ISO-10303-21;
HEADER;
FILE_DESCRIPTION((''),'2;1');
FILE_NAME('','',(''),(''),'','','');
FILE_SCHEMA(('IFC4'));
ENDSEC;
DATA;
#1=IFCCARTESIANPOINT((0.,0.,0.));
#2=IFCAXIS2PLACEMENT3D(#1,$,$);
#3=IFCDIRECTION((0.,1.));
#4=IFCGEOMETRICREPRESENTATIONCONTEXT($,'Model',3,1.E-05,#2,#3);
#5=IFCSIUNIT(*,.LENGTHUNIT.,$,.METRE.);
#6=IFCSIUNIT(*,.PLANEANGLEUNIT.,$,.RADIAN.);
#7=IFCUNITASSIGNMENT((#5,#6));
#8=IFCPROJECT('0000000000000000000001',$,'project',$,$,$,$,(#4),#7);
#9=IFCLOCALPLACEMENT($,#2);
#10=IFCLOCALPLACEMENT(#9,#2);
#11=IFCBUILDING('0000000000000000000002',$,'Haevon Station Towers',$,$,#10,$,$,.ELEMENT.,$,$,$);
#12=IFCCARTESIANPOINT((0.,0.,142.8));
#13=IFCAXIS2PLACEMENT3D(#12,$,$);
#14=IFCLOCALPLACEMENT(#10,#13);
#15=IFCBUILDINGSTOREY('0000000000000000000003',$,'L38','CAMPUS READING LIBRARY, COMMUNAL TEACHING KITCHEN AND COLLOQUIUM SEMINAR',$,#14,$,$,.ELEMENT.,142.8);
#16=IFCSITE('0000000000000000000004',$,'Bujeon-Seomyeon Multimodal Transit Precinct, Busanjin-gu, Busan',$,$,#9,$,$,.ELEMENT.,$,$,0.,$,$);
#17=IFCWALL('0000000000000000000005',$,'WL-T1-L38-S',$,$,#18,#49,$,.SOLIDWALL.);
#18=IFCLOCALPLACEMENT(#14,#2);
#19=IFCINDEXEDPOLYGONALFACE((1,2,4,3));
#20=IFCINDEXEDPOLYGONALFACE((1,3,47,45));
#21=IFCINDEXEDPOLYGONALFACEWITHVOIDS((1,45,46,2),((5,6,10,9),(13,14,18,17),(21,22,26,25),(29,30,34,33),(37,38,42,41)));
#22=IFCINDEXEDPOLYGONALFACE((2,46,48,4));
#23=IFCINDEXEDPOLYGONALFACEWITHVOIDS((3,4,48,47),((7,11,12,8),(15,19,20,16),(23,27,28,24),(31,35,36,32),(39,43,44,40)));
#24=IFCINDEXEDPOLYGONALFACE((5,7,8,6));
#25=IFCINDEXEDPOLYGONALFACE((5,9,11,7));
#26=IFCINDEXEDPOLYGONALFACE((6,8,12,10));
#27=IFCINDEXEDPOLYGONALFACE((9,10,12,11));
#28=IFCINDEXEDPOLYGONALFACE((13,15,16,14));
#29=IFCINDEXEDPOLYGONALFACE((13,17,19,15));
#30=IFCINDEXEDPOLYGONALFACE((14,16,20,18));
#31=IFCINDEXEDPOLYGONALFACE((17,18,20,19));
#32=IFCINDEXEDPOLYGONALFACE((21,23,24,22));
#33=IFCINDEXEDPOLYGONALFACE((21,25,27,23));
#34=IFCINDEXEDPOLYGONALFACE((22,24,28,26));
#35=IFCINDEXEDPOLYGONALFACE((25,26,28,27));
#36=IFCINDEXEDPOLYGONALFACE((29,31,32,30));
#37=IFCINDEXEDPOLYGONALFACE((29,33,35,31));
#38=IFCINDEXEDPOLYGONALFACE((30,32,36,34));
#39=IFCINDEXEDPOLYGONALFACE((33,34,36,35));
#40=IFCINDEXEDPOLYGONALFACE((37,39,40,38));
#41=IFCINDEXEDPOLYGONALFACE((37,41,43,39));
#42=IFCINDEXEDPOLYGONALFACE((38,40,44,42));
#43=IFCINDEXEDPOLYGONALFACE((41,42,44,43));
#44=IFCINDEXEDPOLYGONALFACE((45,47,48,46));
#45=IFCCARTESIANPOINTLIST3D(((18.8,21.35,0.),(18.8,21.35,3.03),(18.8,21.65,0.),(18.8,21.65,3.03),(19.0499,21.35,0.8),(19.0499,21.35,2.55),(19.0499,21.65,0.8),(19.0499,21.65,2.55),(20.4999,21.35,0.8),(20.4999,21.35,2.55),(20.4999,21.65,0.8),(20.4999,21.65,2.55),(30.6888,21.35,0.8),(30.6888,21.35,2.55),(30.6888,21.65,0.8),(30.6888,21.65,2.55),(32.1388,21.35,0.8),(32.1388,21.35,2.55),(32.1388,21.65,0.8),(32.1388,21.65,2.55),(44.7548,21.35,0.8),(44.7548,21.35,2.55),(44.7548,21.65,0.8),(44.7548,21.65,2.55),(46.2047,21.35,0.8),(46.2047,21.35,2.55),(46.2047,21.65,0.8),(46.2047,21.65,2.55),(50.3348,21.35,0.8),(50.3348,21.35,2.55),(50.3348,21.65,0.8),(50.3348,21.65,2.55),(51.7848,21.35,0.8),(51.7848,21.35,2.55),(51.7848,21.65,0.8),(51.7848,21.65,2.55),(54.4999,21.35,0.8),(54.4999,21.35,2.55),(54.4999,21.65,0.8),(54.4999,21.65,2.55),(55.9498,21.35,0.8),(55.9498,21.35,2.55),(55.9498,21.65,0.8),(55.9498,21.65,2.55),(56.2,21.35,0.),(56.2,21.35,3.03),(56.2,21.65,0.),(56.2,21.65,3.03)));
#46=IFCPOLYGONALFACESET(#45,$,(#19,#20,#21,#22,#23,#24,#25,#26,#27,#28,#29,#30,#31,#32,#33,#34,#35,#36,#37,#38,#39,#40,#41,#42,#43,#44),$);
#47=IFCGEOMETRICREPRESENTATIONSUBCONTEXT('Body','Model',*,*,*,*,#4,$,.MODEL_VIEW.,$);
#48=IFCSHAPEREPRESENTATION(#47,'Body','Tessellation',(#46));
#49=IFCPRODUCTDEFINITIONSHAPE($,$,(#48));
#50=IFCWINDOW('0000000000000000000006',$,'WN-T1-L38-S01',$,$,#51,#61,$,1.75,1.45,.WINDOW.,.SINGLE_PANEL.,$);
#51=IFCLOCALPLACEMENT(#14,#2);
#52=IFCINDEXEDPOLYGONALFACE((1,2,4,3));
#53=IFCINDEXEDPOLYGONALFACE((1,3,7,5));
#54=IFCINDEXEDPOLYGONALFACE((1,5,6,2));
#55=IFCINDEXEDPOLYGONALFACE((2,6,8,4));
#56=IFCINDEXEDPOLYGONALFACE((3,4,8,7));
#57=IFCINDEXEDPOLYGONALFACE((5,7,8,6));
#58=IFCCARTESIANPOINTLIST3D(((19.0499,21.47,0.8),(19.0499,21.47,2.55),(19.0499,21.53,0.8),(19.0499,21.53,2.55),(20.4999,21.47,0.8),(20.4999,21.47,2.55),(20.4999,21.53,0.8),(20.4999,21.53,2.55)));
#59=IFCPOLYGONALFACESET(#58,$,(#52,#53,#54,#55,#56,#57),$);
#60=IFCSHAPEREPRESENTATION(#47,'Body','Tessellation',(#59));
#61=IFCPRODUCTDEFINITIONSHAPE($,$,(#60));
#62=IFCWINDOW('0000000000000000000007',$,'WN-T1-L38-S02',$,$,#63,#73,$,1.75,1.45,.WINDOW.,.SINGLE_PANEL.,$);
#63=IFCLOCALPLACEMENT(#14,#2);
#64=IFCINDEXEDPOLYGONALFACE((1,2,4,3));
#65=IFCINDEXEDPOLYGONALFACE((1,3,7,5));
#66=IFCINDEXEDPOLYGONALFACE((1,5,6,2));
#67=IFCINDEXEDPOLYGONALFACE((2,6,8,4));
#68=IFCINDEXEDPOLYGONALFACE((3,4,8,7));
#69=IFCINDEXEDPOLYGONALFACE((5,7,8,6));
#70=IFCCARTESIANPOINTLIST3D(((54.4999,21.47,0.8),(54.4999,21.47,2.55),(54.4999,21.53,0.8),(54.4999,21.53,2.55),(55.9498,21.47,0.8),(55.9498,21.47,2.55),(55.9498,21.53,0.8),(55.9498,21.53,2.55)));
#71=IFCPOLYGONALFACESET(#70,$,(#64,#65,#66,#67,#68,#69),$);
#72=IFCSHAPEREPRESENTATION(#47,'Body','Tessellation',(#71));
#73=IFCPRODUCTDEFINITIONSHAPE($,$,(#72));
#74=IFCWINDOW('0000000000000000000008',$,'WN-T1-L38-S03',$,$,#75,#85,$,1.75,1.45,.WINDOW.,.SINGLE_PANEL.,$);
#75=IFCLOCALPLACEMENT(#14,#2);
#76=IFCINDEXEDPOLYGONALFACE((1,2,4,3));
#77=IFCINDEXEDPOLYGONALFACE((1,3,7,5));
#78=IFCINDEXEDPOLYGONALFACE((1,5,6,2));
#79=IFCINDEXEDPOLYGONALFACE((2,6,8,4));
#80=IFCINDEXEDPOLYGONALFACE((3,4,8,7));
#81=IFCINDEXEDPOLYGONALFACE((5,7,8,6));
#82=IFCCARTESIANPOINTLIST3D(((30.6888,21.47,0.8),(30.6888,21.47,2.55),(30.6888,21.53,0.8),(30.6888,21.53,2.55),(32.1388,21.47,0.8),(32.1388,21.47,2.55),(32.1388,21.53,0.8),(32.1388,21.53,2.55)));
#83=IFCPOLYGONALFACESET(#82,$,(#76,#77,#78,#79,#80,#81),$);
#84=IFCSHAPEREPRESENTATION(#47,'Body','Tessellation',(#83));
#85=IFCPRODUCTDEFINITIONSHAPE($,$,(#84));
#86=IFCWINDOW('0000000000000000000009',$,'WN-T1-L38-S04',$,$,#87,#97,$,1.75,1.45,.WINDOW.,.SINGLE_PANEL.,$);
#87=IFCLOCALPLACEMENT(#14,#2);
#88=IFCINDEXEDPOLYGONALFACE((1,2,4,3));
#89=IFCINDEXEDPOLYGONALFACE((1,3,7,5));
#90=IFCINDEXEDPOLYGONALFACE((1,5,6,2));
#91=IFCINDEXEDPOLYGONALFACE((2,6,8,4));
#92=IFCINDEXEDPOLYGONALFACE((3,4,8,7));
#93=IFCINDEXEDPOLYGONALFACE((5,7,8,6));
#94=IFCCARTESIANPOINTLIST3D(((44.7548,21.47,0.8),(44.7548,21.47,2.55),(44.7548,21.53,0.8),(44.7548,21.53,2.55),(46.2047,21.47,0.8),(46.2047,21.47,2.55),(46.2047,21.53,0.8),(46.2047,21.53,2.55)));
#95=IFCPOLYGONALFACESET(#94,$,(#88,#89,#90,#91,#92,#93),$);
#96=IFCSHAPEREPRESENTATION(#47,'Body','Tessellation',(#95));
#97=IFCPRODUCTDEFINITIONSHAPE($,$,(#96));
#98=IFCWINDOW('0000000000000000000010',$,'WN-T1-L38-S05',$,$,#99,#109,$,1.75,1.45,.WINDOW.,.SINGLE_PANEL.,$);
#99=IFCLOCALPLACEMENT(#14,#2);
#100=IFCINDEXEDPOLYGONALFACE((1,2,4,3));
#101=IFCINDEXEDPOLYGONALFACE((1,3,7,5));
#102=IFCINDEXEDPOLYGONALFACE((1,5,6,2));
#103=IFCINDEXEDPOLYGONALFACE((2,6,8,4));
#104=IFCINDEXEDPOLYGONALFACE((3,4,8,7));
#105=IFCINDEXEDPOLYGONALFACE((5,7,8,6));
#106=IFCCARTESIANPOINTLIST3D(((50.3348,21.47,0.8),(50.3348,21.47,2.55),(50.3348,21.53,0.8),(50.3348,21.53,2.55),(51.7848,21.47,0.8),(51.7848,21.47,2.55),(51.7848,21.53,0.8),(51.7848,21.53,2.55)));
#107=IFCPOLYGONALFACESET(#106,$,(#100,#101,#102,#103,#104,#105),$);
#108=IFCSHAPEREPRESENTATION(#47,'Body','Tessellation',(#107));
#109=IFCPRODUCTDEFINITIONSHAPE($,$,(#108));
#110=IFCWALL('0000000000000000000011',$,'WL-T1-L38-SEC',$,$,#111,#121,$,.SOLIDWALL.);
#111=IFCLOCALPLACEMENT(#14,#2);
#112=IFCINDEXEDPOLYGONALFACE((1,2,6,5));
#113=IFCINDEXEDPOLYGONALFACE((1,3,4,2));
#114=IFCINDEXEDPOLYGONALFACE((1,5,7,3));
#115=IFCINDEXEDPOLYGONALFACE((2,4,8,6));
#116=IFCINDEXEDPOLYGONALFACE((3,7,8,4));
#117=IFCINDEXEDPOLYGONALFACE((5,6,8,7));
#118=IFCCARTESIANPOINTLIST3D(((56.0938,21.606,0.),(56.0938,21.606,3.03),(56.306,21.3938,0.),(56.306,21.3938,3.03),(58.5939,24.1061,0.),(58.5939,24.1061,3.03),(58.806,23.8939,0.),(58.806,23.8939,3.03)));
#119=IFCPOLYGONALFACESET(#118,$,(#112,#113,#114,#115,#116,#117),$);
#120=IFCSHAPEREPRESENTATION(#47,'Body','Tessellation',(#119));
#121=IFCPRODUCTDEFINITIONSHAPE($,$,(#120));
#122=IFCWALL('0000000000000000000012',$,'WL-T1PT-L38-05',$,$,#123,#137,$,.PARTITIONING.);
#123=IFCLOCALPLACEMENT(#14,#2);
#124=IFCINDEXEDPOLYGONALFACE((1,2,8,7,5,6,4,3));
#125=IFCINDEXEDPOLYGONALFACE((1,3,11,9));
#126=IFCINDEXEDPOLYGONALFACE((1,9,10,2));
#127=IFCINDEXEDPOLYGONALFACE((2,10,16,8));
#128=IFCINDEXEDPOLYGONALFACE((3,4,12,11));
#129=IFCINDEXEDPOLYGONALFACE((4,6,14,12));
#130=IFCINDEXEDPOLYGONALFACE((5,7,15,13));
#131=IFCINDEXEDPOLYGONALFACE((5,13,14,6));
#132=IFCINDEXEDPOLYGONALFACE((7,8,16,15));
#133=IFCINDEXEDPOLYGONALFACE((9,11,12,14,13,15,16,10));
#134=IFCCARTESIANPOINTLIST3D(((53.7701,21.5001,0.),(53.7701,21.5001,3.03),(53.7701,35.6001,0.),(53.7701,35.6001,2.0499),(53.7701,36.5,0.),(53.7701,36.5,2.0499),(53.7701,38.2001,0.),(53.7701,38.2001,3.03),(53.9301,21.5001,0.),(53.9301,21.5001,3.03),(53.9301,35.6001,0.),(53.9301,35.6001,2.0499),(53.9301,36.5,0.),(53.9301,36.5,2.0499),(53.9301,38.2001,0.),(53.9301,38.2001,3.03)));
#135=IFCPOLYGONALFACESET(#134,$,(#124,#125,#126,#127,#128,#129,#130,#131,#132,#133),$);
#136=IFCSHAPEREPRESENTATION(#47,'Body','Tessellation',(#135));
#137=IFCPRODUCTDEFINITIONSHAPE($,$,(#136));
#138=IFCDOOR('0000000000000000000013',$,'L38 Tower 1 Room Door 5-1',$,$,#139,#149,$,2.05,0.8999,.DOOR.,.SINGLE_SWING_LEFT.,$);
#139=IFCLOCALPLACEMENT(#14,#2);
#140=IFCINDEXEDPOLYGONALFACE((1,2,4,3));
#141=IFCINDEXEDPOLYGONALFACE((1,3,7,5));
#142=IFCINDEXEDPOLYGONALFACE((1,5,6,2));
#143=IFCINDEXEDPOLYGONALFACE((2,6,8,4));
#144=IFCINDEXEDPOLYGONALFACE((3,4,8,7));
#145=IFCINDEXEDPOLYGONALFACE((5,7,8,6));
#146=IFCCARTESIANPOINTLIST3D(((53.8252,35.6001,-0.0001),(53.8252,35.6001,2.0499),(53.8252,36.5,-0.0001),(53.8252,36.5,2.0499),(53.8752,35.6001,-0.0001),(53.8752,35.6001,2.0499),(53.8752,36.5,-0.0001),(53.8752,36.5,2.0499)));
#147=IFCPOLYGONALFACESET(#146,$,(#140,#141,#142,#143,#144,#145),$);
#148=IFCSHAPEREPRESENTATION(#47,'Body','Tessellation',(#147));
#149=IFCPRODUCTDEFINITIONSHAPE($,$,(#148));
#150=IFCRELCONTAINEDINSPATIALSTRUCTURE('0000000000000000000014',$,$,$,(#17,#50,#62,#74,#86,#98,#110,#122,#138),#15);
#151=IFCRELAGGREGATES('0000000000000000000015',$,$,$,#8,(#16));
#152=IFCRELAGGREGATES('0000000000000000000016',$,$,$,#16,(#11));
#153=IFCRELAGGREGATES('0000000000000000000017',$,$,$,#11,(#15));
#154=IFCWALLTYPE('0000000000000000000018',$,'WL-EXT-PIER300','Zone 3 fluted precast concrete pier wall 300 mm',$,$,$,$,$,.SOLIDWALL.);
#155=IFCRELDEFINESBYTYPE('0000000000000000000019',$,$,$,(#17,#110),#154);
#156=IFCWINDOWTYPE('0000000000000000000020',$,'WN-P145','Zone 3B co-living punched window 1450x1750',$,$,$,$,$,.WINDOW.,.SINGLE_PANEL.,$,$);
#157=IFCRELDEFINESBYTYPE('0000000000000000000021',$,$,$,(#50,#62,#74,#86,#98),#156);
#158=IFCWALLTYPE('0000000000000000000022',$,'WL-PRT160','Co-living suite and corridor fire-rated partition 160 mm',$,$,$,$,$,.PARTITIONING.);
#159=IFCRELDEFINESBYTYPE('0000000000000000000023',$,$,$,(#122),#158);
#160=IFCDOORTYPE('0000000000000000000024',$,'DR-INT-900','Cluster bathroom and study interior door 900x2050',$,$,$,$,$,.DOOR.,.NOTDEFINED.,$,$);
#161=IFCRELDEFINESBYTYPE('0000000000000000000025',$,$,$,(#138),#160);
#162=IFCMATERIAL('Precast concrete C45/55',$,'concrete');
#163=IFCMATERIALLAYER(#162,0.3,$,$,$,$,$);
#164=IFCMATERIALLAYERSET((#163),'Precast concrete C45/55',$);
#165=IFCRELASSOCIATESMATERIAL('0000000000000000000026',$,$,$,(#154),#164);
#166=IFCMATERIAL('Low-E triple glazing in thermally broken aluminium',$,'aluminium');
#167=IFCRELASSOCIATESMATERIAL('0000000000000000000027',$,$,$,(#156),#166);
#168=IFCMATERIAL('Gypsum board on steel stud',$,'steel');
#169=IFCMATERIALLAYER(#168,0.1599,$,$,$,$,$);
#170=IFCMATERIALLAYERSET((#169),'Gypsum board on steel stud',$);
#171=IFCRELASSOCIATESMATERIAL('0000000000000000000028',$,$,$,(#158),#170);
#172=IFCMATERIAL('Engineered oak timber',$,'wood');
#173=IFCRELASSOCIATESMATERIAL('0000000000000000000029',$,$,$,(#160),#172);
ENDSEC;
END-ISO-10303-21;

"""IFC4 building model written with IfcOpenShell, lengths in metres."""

from ifc_helpers import new_model, si_unit, direction, frame, frame_2d, origin, place, context, subcontext, project, spatial, rectangle, extrude, material, layer, layer_set, type_object, element, fill, save


model = new_model("IFC4")

# Units and contexts
model_context = context("Model", 3, precision=1e-05, world=origin(), true_north=direction((0.0, 1.0)))
body_context = subcontext(model_context, "Body", "Model", "MODEL_VIEW")
ifc_project = project(units=[si_unit("LENGTHUNIT", "METRE"), si_unit("PLANEANGLEUNIT", "RADIAN")], contexts=[model_context])

# Site, building, storey
site_placement = place(None, origin())
site = spatial("IfcSite", under=ifc_project, at=site_placement, Name="Bujeon-Seomyeon Multimodal Transit Precinct, Busanjin-gu, Busan", CompositionType="ELEMENT", RefElevation=0.0)
building_placement = place(site_placement, origin())
building = spatial("IfcBuilding", under=site, at=building_placement, Name="Haevon Station Towers", CompositionType="ELEMENT")
storey_placement = place(building_placement, frame((0.0, 0.0, 142.8)))
storey = spatial("IfcBuildingStorey", under=building, at=storey_placement, Name="L38", Description="CAMPUS READING LIBRARY, COMMUNAL TEACHING KITCHEN AND COLLOQUIUM SEMINAR", CompositionType="ELEMENT", Elevation=142.8)

# Wall, openings, windows
ifc_material_1 = material(Name="Precast concrete C45/55", Category="concrete")
ifc_layer_1 = layer(ifc_material_1, 0.3)
ifc_layer_set_1 = layer_set([ifc_layer_1], Name="Precast concrete C45/55")
wall_type_1 = type_object("IfcWallType", Name="WL-EXT-PIER300", Description="Zone 3 fluted precast concrete pier wall 300 mm", PredefinedType="SOLIDWALL", material=ifc_layer_set_1)
wall_1_placement = place(storey_placement, frame((56.2, 21.5, 0.0), z_axis=(0.0, 0.0, 1.0), x_axis=(-1.0, 0.0, 0.0)))
wall_1 = element("IfcWall", 1, at=wall_1_placement, inside=storey, type_object=wall_type_1, Name="WL-T1-L38-S", PredefinedType="SOLIDWALL", context=body_context, shape_type="SweptSolid", body=[
    extrude(rectangle(XDim=37.3999, YDim=0.3, at=frame_2d((18.7, 0.0))), origin(), (0.0, 0.0, 1.0), 3.03),
])
opening_1_placement = place(wall_1_placement, frame((35.7, 0.0, 0.8)))
opening_1 = element("IfcOpeningElement", 2, at=opening_1_placement, cuts=wall_1, PredefinedType="OPENING", context=body_context, shape_type="SweptSolid", body=[
    extrude(rectangle(XDim=1.45, YDim=1.75, at=frame_2d((0.7251, 0.875))), frame((0.0, 0.1599, 0.0), z_axis=(0.0, -1.0, 0.0), x_axis=(1.0, 0.0, 0.0)), (0.0, 0.0, 1.0), 0.3201),
])
opening_2_placement = place(wall_1_placement, frame((0.25, 0.0, 0.8)))
opening_2 = element("IfcOpeningElement", 3, at=opening_2_placement, cuts=wall_1, PredefinedType="OPENING", context=body_context, shape_type="SweptSolid", body=[
    extrude(rectangle(XDim=1.45, YDim=1.75, at=frame_2d((0.7251, 0.875))), frame((0.0, 0.1599, 0.0), z_axis=(0.0, -1.0, 0.0), x_axis=(1.0, 0.0, 0.0)), (0.0, 0.0, 1.0), 0.3201),
])
opening_3_placement = place(wall_1_placement, frame((24.061, 0.0, 0.8)))
opening_3 = element("IfcOpeningElement", 4, at=opening_3_placement, cuts=wall_1, PredefinedType="OPENING", context=body_context, shape_type="SweptSolid", body=[
    extrude(rectangle(XDim=1.45, YDim=1.75, at=frame_2d((0.7251, 0.875))), frame((0.0, 0.1599, 0.0), z_axis=(0.0, -1.0, 0.0), x_axis=(1.0, 0.0, 0.0)), (0.0, 0.0, 1.0), 0.3201),
])
opening_4_placement = place(wall_1_placement, frame((9.9951, 0.0, 0.8)))
opening_4 = element("IfcOpeningElement", 5, at=opening_4_placement, cuts=wall_1, PredefinedType="OPENING", context=body_context, shape_type="SweptSolid", body=[
    extrude(rectangle(XDim=1.45, YDim=1.75, at=frame_2d((0.7251, 0.875))), frame((0.0, 0.1599, 0.0), z_axis=(0.0, -1.0, 0.0), x_axis=(1.0, 0.0, 0.0)), (0.0, 0.0, 1.0), 0.3201),
])
opening_5_placement = place(wall_1_placement, frame((4.415, 0.0, 0.8)))
opening_5 = element("IfcOpeningElement", 6, at=opening_5_placement, cuts=wall_1, PredefinedType="OPENING", context=body_context, shape_type="SweptSolid", body=[
    extrude(rectangle(XDim=1.45, YDim=1.75, at=frame_2d((0.7251, 0.875))), frame((0.0, 0.1599, 0.0), z_axis=(0.0, -1.0, 0.0), x_axis=(1.0, 0.0, 0.0)), (0.0, 0.0, 1.0), 0.3201),
])
ifc_material_2 = material(Name="Low-E triple glazing in thermally broken aluminium", Category="aluminium")
window_type = type_object("IfcWindowType", Name="WN-P145", Description="Zone 3B co-living punched window 1450x1750", PartitioningType="SINGLE_PANEL", PredefinedType="WINDOW", material=ifc_material_2)
window_1_placement = place(opening_1_placement, origin())
window_1 = element("IfcWindow", 7, at=window_1_placement, inside=storey, type_object=window_type, Name="WN-T1-L38-S01", OverallHeight=1.75, OverallWidth=1.45, PartitioningType="SINGLE_PANEL", PredefinedType="WINDOW", context=body_context, shape_type="SweptSolid", body=[
    extrude(rectangle(XDim=1.45, YDim=1.75, at=frame_2d((0.7251, 0.875))), frame((0.0, 0.03, 0.0), z_axis=(0.0, -1.0, 0.0), x_axis=(1.0, 0.0, 0.0)), (0.0, 0.0, 1.0), 0.0601),
])
fill(opening_1, window_1)
window_2_placement = place(opening_2_placement, origin())
window_2 = element("IfcWindow", 8, at=window_2_placement, inside=storey, type_object=window_type, Name="WN-T1-L38-S02", OverallHeight=1.75, OverallWidth=1.45, PartitioningType="SINGLE_PANEL", PredefinedType="WINDOW", context=body_context, shape_type="SweptSolid", body=[
    extrude(rectangle(XDim=1.45, YDim=1.75, at=frame_2d((0.7251, 0.875))), frame((0.0, 0.03, 0.0), z_axis=(0.0, -1.0, 0.0), x_axis=(1.0, 0.0, 0.0)), (0.0, 0.0, 1.0), 0.0601),
])
fill(opening_2, window_2)
window_3_placement = place(opening_3_placement, origin())
window_3 = element("IfcWindow", 9, at=window_3_placement, inside=storey, type_object=window_type, Name="WN-T1-L38-S03", OverallHeight=1.75, OverallWidth=1.45, PartitioningType="SINGLE_PANEL", PredefinedType="WINDOW", context=body_context, shape_type="SweptSolid", body=[
    extrude(rectangle(XDim=1.45, YDim=1.75, at=frame_2d((0.7251, 0.875))), frame((0.0, 0.03, 0.0), z_axis=(0.0, -1.0, 0.0), x_axis=(1.0, 0.0, 0.0)), (0.0, 0.0, 1.0), 0.0601),
])
fill(opening_3, window_3)
window_4_placement = place(opening_4_placement, origin())
window_4 = element("IfcWindow", 10, at=window_4_placement, inside=storey, type_object=window_type, Name="WN-T1-L38-S04", OverallHeight=1.75, OverallWidth=1.45, PartitioningType="SINGLE_PANEL", PredefinedType="WINDOW", context=body_context, shape_type="SweptSolid", body=[
    extrude(rectangle(XDim=1.45, YDim=1.75, at=frame_2d((0.7251, 0.875))), frame((0.0, 0.03, 0.0), z_axis=(0.0, -1.0, 0.0), x_axis=(1.0, 0.0, 0.0)), (0.0, 0.0, 1.0), 0.0601),
])
fill(opening_4, window_4)
window_5_placement = place(opening_5_placement, origin())
window_5 = element("IfcWindow", 11, at=window_5_placement, inside=storey, type_object=window_type, Name="WN-T1-L38-S05", OverallHeight=1.75, OverallWidth=1.45, PartitioningType="SINGLE_PANEL", PredefinedType="WINDOW", context=body_context, shape_type="SweptSolid", body=[
    extrude(rectangle(XDim=1.45, YDim=1.75, at=frame_2d((0.7251, 0.875))), frame((0.0, 0.03, 0.0), z_axis=(0.0, -1.0, 0.0), x_axis=(1.0, 0.0, 0.0)), (0.0, 0.0, 1.0), 0.0601),
])
fill(opening_5, window_5)

# Wall
wall_2_placement = place(storey_placement, frame((58.7, 24.0, 0.0), z_axis=(0.0, 0.0, 1.0), x_axis=(-0.707107, -0.707107, 0.0)))
element("IfcWall", 12, at=wall_2_placement, inside=storey, type_object=wall_type_1, Name="WL-T1-L38-SEC", PredefinedType="SOLIDWALL", context=body_context, shape_type="SweptSolid", body=[
    extrude(rectangle(XDim=3.5356, YDim=0.3, at=frame_2d((1.7678, 0.0))), origin(), (0.0, 0.0, 1.0), 3.03),
])

# Wall, opening, door
ifc_material_3 = material(Name="Gypsum board on steel stud", Category="steel")
ifc_layer_2 = layer(ifc_material_3, 0.1599)
ifc_layer_set_2 = layer_set([ifc_layer_2], Name="Gypsum board on steel stud")
wall_type_2 = type_object("IfcWallType", Name="WL-PRT160", Description="Co-living suite and corridor fire-rated partition 160 mm", PredefinedType="PARTITIONING", material=ifc_layer_set_2)
wall_3_placement = place(storey_placement, frame((53.8501, 21.5, 0.0), z_axis=(0.0, 0.0, 1.0), x_axis=(0.0, 1.0, 0.0)))
wall_3 = element("IfcWall", 13, at=wall_3_placement, inside=storey, type_object=wall_type_2, Name="WL-T1PT-L38-05", PredefinedType="PARTITIONING", context=body_context, shape_type="SweptSolid", body=[
    extrude(rectangle(XDim=16.7, YDim=0.1599, at=frame_2d((8.3501, 0.0))), origin(), (0.0, 0.0, 1.0), 3.03),
])
opening_6_placement = place(wall_3_placement, frame((14.1001, 0.0, 0.0)))
opening_6 = element("IfcOpeningElement", 14, at=opening_6_placement, cuts=wall_3, PredefinedType="OPENING", context=body_context, shape_type="SweptSolid", body=[
    extrude(rectangle(XDim=0.8999, YDim=2.05, at=frame_2d((0.45, 1.0249))), frame((0.0, 0.0898, 0.0), z_axis=(0.0, -1.0, 0.0), x_axis=(1.0, 0.0, 0.0)), (0.0, 0.0, 1.0), 0.1799),
])
ifc_material_4 = material(Name="Engineered oak timber", Category="wood")
door_type = type_object("IfcDoorType", Name="DR-INT-900", Description="Cluster bathroom and study interior door 900x2050", OperationType="NOTDEFINED", PredefinedType="DOOR", material=ifc_material_4)
door_placement = place(opening_6_placement, origin())
door = element("IfcDoor", 15, at=door_placement, inside=storey, type_object=door_type, Name="L38 Tower 1 Room Door 5-1", OperationType="SINGLE_SWING_LEFT", OverallHeight=2.05, OverallWidth=0.8999, PredefinedType="DOOR", context=body_context, shape_type="SweptSolid", body=[
    extrude(rectangle(XDim=0.8999, YDim=2.05, at=frame_2d((0.45, 1.0249))), frame((0.0, 0.0249, 0.0), z_axis=(0.0, -1.0, 0.0), x_axis=(1.0, 0.0, 0.0)), (0.0, 0.0, 1.0), 0.05),
])
fill(opening_6, door)

save(model, "model.ifc")
